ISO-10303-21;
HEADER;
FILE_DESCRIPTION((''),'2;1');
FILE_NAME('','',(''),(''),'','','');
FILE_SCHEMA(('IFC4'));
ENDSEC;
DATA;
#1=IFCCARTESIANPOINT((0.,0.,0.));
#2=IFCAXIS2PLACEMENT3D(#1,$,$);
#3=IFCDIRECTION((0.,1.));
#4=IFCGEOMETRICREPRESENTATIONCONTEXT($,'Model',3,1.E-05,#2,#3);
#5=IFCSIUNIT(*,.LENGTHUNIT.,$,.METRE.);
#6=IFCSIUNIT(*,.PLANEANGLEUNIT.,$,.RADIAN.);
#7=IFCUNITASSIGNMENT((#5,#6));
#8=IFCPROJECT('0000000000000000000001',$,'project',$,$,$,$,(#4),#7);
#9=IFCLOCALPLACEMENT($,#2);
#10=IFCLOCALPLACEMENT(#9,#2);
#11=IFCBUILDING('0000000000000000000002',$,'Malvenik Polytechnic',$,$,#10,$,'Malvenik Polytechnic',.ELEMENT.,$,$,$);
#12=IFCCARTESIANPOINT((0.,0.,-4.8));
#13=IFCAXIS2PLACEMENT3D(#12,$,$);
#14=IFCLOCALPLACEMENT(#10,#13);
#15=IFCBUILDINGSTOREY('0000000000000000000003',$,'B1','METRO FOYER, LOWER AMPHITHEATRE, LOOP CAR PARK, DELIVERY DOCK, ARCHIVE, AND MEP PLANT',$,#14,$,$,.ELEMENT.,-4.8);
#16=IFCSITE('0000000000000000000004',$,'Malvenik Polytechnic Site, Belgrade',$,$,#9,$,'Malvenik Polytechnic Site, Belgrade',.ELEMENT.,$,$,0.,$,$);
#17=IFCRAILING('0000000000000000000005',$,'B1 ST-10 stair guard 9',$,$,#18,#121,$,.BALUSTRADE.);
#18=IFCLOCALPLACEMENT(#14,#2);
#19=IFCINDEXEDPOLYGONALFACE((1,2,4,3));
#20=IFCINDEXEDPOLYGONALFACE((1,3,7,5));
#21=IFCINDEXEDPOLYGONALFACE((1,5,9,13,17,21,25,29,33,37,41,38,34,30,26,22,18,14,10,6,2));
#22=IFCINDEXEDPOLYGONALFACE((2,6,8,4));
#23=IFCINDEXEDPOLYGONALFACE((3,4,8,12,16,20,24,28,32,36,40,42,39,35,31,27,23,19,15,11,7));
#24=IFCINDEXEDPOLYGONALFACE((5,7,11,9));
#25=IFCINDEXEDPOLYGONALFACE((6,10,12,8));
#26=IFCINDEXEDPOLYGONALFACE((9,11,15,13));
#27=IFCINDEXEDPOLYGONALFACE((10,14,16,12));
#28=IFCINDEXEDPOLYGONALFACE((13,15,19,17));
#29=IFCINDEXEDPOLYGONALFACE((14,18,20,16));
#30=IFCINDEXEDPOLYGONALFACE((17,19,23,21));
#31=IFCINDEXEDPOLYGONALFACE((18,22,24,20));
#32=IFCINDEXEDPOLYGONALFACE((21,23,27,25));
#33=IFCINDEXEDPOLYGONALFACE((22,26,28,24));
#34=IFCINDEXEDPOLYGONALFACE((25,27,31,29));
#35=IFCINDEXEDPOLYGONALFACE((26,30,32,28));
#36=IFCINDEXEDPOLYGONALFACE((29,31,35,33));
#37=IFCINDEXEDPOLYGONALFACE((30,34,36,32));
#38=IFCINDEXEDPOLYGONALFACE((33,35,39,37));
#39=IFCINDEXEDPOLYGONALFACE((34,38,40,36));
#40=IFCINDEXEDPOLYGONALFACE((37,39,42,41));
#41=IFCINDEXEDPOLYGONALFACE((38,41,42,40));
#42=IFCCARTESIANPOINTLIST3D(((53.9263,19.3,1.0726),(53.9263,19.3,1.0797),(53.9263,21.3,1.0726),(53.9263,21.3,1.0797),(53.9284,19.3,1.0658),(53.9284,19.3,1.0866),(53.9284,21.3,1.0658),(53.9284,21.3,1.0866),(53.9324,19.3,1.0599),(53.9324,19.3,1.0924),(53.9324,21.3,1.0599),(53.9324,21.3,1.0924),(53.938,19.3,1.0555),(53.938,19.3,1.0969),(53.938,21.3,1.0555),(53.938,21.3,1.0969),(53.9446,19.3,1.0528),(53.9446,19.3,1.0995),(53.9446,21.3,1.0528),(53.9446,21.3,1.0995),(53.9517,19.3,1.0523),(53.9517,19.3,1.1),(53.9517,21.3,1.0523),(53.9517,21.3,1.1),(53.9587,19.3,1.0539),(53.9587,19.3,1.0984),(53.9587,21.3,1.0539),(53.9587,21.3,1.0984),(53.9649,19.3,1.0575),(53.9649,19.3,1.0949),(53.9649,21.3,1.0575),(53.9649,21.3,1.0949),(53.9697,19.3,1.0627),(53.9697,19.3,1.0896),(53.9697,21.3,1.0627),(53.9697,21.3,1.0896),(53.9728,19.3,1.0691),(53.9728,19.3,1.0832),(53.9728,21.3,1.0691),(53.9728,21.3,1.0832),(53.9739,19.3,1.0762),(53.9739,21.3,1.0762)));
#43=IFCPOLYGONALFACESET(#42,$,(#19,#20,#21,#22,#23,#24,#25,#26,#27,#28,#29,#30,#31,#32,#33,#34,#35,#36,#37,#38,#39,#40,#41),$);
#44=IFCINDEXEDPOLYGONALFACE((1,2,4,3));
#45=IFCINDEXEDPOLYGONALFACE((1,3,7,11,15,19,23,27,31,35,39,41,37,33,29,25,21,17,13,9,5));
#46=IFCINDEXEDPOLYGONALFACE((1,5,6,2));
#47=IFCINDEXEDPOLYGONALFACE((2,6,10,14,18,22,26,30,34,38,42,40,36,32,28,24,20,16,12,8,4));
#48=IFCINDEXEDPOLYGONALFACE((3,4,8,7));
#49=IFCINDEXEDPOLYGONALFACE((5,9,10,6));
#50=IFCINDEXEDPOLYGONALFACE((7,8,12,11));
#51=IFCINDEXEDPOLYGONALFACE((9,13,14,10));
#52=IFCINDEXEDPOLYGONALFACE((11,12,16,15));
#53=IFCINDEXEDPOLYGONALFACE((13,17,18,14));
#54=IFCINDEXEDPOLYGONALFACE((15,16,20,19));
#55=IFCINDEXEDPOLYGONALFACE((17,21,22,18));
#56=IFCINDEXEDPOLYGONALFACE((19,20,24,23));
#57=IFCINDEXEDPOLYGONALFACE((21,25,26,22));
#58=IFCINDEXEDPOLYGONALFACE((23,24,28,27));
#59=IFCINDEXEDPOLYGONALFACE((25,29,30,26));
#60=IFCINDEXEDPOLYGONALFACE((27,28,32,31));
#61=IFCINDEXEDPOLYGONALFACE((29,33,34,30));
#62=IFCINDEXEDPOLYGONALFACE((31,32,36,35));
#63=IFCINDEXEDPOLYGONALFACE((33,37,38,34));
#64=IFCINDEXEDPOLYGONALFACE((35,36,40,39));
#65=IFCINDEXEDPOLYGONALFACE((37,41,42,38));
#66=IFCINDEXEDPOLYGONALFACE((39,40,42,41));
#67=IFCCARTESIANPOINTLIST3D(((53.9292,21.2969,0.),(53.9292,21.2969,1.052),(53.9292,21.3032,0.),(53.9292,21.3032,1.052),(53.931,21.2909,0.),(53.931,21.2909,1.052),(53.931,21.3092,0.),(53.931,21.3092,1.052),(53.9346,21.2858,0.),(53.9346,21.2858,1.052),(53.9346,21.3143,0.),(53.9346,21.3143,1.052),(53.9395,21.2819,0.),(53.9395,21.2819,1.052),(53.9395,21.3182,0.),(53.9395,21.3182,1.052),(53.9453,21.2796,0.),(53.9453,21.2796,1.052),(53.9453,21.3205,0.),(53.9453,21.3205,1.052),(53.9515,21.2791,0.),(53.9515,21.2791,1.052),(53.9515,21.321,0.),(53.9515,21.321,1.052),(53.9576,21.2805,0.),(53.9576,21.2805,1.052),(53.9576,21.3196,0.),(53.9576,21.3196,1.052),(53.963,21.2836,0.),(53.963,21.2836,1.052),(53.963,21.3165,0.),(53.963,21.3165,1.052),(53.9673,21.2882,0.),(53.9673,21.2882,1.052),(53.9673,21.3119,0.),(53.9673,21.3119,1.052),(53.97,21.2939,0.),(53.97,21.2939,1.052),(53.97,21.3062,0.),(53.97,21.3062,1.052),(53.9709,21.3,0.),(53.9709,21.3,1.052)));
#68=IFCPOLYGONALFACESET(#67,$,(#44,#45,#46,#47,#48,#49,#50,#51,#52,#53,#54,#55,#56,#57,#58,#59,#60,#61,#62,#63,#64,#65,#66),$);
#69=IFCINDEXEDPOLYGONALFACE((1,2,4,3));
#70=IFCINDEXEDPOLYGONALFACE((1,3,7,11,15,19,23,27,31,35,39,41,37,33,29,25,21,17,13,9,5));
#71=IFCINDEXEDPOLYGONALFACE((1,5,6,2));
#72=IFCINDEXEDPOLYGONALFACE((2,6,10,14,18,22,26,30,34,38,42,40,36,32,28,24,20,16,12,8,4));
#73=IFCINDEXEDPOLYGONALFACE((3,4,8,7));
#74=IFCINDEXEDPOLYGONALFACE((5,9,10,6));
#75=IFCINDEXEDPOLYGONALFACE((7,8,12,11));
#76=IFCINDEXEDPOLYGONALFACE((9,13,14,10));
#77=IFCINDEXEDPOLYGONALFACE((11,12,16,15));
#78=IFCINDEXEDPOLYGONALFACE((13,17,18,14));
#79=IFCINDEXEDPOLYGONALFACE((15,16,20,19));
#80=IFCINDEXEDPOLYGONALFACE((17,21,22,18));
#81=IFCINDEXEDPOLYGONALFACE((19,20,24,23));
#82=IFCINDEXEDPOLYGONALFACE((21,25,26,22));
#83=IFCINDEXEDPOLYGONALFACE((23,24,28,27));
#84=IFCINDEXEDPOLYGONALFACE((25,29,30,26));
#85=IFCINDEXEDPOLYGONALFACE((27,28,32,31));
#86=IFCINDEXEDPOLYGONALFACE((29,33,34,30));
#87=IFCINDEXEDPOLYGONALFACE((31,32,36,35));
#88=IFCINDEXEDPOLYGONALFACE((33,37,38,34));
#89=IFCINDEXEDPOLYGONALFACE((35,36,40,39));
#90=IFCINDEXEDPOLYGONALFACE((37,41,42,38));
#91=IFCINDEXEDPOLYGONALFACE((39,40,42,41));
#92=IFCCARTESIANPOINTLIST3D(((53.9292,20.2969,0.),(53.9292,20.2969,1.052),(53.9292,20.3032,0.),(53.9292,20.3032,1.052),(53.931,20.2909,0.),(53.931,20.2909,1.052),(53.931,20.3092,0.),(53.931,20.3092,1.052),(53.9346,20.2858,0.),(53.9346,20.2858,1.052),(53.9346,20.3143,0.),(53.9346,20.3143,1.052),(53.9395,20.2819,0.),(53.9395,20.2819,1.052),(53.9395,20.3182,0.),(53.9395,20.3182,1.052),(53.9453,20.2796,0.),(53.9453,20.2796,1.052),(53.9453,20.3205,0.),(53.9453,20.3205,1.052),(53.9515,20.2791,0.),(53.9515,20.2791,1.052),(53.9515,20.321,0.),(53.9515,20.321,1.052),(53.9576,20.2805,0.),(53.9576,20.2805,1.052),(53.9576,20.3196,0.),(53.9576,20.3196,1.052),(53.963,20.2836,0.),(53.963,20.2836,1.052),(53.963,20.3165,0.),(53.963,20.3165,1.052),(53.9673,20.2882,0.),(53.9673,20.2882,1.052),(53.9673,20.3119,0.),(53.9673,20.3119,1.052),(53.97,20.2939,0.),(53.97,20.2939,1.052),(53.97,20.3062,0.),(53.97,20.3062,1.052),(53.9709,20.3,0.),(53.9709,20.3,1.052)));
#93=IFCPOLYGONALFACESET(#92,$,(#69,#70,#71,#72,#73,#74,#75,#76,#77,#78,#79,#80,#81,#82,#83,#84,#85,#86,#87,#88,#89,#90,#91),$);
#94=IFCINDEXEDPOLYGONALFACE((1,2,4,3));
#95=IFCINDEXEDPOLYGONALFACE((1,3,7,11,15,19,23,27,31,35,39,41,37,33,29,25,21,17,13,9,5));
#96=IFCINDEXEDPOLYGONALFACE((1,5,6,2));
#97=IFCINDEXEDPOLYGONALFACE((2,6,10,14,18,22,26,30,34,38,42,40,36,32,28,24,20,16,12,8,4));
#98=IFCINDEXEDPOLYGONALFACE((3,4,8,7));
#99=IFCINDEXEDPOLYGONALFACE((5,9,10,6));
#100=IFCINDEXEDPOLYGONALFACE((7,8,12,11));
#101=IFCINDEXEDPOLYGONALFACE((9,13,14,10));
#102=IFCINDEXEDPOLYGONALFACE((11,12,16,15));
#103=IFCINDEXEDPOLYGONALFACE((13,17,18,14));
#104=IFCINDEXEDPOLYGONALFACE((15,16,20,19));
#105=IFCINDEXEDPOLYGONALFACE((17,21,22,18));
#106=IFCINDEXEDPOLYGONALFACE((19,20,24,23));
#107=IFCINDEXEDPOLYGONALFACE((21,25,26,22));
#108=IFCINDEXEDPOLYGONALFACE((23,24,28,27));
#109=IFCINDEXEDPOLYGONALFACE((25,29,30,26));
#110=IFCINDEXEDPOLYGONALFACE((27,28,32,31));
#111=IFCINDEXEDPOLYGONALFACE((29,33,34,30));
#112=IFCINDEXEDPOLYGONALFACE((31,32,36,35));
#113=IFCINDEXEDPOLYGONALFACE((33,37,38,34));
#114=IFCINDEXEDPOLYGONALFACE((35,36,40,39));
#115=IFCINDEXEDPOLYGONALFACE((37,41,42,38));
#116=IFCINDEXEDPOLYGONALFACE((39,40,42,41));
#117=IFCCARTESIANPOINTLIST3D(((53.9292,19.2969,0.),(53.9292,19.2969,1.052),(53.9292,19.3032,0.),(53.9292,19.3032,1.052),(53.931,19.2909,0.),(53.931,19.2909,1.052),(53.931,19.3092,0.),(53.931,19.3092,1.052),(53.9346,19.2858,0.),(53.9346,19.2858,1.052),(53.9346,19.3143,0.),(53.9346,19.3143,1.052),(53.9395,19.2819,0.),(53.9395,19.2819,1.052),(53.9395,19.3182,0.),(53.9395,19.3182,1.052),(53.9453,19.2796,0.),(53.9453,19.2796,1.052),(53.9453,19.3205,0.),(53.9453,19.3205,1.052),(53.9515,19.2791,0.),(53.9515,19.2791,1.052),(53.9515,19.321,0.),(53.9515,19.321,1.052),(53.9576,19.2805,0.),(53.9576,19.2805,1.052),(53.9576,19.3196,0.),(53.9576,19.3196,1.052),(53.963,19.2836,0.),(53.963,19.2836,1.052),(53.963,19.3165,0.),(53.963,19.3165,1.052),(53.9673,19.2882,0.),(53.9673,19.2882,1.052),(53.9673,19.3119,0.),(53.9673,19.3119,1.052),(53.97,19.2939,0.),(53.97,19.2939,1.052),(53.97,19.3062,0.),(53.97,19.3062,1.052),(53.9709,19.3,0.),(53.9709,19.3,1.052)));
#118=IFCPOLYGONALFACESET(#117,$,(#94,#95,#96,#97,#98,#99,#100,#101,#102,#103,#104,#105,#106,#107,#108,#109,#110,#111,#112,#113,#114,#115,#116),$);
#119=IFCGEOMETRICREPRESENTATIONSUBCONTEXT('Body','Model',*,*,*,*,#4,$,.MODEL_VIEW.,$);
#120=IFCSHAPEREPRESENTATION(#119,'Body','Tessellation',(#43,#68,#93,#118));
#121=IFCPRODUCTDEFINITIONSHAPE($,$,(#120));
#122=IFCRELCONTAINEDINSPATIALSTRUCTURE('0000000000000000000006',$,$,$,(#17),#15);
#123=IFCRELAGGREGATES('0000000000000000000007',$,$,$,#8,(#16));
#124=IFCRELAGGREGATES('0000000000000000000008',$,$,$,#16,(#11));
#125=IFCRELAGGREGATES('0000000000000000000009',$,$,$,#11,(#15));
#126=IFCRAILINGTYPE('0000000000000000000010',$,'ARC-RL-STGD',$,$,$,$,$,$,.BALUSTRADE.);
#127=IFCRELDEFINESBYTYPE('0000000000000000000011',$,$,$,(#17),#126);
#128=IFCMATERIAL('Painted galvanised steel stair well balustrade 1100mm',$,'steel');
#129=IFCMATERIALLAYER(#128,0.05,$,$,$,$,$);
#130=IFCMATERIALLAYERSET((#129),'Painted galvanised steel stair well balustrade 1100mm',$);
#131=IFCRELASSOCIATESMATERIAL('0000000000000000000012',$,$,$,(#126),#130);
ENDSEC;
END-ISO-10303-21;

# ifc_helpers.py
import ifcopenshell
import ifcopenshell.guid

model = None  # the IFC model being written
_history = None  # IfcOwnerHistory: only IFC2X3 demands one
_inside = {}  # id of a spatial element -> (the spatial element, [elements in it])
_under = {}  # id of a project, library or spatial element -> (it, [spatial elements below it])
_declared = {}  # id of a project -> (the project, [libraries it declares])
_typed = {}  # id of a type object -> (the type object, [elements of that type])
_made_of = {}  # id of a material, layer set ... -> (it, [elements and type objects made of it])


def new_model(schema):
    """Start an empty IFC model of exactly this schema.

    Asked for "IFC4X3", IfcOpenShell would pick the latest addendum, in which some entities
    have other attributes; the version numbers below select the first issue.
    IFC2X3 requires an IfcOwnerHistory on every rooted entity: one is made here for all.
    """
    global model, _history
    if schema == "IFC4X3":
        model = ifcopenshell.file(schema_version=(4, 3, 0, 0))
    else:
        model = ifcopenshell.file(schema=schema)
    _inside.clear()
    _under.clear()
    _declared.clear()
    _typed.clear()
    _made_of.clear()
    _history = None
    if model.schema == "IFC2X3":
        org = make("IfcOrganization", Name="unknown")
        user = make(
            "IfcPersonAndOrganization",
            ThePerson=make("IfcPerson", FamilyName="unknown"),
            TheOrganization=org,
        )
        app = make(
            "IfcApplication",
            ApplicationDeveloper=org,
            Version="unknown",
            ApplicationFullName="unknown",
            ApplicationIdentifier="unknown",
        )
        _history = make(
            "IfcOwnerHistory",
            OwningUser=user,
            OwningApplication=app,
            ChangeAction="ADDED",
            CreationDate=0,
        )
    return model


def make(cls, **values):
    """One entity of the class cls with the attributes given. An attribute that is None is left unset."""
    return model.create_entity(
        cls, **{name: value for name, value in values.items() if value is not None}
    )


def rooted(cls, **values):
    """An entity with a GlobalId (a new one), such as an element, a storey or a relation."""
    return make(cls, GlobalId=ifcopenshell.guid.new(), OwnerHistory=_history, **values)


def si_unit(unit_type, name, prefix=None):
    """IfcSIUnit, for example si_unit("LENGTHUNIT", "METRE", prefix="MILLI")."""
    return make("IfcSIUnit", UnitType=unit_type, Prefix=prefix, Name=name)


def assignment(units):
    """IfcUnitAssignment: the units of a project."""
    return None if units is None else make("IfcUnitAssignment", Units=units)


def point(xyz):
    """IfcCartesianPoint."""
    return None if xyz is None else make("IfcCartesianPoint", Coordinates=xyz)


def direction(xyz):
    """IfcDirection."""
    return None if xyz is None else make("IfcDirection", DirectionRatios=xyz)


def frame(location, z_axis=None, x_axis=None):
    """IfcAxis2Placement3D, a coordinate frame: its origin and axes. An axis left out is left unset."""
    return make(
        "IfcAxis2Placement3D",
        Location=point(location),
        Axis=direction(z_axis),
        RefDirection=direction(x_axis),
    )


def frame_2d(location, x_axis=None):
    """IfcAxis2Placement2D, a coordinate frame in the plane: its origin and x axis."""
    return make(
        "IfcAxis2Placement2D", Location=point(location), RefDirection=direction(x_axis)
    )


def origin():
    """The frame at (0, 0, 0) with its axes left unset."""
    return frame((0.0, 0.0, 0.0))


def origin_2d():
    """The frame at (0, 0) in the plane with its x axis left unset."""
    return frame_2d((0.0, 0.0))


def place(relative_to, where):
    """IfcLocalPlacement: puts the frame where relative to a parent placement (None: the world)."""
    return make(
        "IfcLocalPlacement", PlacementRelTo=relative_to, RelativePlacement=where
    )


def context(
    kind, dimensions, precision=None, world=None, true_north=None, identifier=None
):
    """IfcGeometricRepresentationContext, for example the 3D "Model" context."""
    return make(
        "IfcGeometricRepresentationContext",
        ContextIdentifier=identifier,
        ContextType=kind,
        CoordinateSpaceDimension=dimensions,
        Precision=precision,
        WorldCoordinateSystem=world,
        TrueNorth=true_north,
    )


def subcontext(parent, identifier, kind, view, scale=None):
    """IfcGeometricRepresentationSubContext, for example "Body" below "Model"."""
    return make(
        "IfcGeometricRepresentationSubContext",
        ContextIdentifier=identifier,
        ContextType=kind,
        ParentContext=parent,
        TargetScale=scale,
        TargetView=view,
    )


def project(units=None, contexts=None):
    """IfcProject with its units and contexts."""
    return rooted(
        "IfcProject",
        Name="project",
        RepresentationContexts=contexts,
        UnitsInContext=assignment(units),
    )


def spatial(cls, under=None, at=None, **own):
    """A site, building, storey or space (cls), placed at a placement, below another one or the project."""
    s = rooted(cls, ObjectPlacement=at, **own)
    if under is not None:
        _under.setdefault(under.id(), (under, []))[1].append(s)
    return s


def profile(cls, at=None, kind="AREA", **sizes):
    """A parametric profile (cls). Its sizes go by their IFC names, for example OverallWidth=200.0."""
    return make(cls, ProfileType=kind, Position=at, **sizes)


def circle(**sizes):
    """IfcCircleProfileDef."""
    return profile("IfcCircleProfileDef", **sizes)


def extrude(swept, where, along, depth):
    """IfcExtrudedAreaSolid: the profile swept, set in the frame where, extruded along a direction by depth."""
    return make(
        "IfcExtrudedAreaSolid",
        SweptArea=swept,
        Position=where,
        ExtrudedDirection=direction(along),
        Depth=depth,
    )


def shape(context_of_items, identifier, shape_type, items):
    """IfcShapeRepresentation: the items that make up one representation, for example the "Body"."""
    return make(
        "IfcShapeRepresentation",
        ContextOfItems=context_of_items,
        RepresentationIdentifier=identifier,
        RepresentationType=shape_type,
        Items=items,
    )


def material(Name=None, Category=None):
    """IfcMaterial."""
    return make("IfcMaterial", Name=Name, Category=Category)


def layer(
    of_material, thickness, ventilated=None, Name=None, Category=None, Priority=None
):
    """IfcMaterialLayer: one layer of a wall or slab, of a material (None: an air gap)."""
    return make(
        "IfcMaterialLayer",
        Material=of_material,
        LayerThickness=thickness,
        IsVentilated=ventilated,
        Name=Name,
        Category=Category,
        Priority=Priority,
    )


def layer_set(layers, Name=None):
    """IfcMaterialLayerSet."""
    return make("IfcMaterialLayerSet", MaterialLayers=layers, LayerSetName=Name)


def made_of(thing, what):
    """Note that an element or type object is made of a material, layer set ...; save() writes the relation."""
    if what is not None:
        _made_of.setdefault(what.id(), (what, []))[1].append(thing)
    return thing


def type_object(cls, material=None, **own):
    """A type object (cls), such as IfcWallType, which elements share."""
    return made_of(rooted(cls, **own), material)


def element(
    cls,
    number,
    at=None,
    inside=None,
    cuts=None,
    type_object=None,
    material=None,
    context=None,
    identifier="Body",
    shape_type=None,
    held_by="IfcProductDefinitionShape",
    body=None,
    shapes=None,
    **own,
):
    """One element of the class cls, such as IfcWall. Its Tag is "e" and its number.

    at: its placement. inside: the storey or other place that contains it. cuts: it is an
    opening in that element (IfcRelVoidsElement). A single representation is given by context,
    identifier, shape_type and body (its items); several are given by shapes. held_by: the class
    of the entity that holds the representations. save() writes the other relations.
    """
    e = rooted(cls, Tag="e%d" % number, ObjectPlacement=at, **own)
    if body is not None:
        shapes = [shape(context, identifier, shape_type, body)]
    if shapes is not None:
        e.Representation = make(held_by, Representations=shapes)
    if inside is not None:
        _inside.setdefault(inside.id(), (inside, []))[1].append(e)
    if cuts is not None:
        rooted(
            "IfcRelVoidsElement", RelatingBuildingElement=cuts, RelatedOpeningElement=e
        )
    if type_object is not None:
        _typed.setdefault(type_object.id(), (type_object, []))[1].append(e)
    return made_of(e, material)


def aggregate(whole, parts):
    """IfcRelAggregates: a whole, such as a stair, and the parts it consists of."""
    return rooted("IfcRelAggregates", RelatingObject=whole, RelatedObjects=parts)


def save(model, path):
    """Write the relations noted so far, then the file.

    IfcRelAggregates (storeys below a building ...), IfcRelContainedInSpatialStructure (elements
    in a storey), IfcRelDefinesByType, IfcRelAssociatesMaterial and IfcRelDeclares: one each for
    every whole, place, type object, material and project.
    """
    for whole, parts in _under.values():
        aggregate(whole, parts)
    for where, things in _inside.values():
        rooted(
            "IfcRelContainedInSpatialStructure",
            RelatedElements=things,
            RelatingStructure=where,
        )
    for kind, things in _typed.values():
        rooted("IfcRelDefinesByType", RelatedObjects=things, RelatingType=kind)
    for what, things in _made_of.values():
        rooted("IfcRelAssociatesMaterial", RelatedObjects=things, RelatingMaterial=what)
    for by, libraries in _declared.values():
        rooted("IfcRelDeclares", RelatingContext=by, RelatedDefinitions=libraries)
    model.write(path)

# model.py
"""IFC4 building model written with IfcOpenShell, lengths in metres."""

from ifc_helpers import new_model, si_unit, direction, frame, origin, origin_2d, place, context, subcontext, project, spatial, circle, extrude, material, layer, layer_set, type_object, element, save


model = new_model("IFC4")

# Units and contexts
model_context = context("Model", 3, precision=1e-05, world=origin(), true_north=direction((0.0, 1.0)))
body_context = subcontext(model_context, "Body", "Model", "MODEL_VIEW")
ifc_project = project(units=[si_unit("LENGTHUNIT", "METRE"), si_unit("PLANEANGLEUNIT", "RADIAN")], contexts=[model_context])

# Site, building, storey
site_placement = place(None, origin())
site = spatial("IfcSite", under=ifc_project, at=site_placement, Name="Malvenik Polytechnic Site, Belgrade", LongName="Malvenik Polytechnic Site, Belgrade", CompositionType="ELEMENT", RefElevation=0.0)
building_placement = place(site_placement, origin())
building = spatial("IfcBuilding", under=site, at=building_placement, Name="Malvenik Polytechnic", LongName="Malvenik Polytechnic", CompositionType="ELEMENT")
storey_placement = place(building_placement, frame((0.0, 0.0, -4.8)))
storey = spatial("IfcBuildingStorey", under=building, at=storey_placement, Name="B1", Description="METRO FOYER, LOWER AMPHITHEATRE, LOOP CAR PARK, DELIVERY DOCK, ARCHIVE, AND MEP PLANT", CompositionType="ELEMENT", Elevation=-4.8)

# Railing
ifc_material_1 = material(Name="Painted galvanised steel stair well balustrade 1100mm", Category="steel")
ifc_layer_1 = layer(ifc_material_1, 0.05)
ifc_layer_set_1 = layer_set([ifc_layer_1], Name="Painted galvanised steel stair well balustrade 1100mm")
railing_type_1 = type_object("IfcRailingType", Name="ARC-RL-STGD", PredefinedType="BALUSTRADE", material=ifc_layer_set_1)
railing_1_placement = place(storey_placement, frame((53.95, 21.3, 0.0)))
element("IfcRailing", 1, at=railing_1_placement, inside=storey, type_object=railing_type_1, Name="B1 ST-10 stair guard 9", PredefinedType="BALUSTRADE", context=body_context, shape_type="SweptSolid", body=[
    extrude(circle(Radius=0.0239, at=origin_2d()), frame((0.0, 0.0, 1.0762), z_axis=(0.0, -1.0, 0.0), x_axis=(1.0, 0.0, 0.0)), (0.0, 0.0, 1.0), 2.0),
    extrude(circle(Radius=0.021, at=origin_2d()), origin(), (0.0, 0.0, 1.0), 1.052),
    extrude(circle(Radius=0.021, at=origin_2d()), frame((0.0, -1.0, 0.0)), (0.0, 0.0, 1.0), 1.052),
    extrude(circle(Radius=0.021, at=origin_2d()), frame((0.0, -2.0, 0.0)), (0.0, 0.0, 1.0), 1.052),
])

save(model, "model.ifc")
